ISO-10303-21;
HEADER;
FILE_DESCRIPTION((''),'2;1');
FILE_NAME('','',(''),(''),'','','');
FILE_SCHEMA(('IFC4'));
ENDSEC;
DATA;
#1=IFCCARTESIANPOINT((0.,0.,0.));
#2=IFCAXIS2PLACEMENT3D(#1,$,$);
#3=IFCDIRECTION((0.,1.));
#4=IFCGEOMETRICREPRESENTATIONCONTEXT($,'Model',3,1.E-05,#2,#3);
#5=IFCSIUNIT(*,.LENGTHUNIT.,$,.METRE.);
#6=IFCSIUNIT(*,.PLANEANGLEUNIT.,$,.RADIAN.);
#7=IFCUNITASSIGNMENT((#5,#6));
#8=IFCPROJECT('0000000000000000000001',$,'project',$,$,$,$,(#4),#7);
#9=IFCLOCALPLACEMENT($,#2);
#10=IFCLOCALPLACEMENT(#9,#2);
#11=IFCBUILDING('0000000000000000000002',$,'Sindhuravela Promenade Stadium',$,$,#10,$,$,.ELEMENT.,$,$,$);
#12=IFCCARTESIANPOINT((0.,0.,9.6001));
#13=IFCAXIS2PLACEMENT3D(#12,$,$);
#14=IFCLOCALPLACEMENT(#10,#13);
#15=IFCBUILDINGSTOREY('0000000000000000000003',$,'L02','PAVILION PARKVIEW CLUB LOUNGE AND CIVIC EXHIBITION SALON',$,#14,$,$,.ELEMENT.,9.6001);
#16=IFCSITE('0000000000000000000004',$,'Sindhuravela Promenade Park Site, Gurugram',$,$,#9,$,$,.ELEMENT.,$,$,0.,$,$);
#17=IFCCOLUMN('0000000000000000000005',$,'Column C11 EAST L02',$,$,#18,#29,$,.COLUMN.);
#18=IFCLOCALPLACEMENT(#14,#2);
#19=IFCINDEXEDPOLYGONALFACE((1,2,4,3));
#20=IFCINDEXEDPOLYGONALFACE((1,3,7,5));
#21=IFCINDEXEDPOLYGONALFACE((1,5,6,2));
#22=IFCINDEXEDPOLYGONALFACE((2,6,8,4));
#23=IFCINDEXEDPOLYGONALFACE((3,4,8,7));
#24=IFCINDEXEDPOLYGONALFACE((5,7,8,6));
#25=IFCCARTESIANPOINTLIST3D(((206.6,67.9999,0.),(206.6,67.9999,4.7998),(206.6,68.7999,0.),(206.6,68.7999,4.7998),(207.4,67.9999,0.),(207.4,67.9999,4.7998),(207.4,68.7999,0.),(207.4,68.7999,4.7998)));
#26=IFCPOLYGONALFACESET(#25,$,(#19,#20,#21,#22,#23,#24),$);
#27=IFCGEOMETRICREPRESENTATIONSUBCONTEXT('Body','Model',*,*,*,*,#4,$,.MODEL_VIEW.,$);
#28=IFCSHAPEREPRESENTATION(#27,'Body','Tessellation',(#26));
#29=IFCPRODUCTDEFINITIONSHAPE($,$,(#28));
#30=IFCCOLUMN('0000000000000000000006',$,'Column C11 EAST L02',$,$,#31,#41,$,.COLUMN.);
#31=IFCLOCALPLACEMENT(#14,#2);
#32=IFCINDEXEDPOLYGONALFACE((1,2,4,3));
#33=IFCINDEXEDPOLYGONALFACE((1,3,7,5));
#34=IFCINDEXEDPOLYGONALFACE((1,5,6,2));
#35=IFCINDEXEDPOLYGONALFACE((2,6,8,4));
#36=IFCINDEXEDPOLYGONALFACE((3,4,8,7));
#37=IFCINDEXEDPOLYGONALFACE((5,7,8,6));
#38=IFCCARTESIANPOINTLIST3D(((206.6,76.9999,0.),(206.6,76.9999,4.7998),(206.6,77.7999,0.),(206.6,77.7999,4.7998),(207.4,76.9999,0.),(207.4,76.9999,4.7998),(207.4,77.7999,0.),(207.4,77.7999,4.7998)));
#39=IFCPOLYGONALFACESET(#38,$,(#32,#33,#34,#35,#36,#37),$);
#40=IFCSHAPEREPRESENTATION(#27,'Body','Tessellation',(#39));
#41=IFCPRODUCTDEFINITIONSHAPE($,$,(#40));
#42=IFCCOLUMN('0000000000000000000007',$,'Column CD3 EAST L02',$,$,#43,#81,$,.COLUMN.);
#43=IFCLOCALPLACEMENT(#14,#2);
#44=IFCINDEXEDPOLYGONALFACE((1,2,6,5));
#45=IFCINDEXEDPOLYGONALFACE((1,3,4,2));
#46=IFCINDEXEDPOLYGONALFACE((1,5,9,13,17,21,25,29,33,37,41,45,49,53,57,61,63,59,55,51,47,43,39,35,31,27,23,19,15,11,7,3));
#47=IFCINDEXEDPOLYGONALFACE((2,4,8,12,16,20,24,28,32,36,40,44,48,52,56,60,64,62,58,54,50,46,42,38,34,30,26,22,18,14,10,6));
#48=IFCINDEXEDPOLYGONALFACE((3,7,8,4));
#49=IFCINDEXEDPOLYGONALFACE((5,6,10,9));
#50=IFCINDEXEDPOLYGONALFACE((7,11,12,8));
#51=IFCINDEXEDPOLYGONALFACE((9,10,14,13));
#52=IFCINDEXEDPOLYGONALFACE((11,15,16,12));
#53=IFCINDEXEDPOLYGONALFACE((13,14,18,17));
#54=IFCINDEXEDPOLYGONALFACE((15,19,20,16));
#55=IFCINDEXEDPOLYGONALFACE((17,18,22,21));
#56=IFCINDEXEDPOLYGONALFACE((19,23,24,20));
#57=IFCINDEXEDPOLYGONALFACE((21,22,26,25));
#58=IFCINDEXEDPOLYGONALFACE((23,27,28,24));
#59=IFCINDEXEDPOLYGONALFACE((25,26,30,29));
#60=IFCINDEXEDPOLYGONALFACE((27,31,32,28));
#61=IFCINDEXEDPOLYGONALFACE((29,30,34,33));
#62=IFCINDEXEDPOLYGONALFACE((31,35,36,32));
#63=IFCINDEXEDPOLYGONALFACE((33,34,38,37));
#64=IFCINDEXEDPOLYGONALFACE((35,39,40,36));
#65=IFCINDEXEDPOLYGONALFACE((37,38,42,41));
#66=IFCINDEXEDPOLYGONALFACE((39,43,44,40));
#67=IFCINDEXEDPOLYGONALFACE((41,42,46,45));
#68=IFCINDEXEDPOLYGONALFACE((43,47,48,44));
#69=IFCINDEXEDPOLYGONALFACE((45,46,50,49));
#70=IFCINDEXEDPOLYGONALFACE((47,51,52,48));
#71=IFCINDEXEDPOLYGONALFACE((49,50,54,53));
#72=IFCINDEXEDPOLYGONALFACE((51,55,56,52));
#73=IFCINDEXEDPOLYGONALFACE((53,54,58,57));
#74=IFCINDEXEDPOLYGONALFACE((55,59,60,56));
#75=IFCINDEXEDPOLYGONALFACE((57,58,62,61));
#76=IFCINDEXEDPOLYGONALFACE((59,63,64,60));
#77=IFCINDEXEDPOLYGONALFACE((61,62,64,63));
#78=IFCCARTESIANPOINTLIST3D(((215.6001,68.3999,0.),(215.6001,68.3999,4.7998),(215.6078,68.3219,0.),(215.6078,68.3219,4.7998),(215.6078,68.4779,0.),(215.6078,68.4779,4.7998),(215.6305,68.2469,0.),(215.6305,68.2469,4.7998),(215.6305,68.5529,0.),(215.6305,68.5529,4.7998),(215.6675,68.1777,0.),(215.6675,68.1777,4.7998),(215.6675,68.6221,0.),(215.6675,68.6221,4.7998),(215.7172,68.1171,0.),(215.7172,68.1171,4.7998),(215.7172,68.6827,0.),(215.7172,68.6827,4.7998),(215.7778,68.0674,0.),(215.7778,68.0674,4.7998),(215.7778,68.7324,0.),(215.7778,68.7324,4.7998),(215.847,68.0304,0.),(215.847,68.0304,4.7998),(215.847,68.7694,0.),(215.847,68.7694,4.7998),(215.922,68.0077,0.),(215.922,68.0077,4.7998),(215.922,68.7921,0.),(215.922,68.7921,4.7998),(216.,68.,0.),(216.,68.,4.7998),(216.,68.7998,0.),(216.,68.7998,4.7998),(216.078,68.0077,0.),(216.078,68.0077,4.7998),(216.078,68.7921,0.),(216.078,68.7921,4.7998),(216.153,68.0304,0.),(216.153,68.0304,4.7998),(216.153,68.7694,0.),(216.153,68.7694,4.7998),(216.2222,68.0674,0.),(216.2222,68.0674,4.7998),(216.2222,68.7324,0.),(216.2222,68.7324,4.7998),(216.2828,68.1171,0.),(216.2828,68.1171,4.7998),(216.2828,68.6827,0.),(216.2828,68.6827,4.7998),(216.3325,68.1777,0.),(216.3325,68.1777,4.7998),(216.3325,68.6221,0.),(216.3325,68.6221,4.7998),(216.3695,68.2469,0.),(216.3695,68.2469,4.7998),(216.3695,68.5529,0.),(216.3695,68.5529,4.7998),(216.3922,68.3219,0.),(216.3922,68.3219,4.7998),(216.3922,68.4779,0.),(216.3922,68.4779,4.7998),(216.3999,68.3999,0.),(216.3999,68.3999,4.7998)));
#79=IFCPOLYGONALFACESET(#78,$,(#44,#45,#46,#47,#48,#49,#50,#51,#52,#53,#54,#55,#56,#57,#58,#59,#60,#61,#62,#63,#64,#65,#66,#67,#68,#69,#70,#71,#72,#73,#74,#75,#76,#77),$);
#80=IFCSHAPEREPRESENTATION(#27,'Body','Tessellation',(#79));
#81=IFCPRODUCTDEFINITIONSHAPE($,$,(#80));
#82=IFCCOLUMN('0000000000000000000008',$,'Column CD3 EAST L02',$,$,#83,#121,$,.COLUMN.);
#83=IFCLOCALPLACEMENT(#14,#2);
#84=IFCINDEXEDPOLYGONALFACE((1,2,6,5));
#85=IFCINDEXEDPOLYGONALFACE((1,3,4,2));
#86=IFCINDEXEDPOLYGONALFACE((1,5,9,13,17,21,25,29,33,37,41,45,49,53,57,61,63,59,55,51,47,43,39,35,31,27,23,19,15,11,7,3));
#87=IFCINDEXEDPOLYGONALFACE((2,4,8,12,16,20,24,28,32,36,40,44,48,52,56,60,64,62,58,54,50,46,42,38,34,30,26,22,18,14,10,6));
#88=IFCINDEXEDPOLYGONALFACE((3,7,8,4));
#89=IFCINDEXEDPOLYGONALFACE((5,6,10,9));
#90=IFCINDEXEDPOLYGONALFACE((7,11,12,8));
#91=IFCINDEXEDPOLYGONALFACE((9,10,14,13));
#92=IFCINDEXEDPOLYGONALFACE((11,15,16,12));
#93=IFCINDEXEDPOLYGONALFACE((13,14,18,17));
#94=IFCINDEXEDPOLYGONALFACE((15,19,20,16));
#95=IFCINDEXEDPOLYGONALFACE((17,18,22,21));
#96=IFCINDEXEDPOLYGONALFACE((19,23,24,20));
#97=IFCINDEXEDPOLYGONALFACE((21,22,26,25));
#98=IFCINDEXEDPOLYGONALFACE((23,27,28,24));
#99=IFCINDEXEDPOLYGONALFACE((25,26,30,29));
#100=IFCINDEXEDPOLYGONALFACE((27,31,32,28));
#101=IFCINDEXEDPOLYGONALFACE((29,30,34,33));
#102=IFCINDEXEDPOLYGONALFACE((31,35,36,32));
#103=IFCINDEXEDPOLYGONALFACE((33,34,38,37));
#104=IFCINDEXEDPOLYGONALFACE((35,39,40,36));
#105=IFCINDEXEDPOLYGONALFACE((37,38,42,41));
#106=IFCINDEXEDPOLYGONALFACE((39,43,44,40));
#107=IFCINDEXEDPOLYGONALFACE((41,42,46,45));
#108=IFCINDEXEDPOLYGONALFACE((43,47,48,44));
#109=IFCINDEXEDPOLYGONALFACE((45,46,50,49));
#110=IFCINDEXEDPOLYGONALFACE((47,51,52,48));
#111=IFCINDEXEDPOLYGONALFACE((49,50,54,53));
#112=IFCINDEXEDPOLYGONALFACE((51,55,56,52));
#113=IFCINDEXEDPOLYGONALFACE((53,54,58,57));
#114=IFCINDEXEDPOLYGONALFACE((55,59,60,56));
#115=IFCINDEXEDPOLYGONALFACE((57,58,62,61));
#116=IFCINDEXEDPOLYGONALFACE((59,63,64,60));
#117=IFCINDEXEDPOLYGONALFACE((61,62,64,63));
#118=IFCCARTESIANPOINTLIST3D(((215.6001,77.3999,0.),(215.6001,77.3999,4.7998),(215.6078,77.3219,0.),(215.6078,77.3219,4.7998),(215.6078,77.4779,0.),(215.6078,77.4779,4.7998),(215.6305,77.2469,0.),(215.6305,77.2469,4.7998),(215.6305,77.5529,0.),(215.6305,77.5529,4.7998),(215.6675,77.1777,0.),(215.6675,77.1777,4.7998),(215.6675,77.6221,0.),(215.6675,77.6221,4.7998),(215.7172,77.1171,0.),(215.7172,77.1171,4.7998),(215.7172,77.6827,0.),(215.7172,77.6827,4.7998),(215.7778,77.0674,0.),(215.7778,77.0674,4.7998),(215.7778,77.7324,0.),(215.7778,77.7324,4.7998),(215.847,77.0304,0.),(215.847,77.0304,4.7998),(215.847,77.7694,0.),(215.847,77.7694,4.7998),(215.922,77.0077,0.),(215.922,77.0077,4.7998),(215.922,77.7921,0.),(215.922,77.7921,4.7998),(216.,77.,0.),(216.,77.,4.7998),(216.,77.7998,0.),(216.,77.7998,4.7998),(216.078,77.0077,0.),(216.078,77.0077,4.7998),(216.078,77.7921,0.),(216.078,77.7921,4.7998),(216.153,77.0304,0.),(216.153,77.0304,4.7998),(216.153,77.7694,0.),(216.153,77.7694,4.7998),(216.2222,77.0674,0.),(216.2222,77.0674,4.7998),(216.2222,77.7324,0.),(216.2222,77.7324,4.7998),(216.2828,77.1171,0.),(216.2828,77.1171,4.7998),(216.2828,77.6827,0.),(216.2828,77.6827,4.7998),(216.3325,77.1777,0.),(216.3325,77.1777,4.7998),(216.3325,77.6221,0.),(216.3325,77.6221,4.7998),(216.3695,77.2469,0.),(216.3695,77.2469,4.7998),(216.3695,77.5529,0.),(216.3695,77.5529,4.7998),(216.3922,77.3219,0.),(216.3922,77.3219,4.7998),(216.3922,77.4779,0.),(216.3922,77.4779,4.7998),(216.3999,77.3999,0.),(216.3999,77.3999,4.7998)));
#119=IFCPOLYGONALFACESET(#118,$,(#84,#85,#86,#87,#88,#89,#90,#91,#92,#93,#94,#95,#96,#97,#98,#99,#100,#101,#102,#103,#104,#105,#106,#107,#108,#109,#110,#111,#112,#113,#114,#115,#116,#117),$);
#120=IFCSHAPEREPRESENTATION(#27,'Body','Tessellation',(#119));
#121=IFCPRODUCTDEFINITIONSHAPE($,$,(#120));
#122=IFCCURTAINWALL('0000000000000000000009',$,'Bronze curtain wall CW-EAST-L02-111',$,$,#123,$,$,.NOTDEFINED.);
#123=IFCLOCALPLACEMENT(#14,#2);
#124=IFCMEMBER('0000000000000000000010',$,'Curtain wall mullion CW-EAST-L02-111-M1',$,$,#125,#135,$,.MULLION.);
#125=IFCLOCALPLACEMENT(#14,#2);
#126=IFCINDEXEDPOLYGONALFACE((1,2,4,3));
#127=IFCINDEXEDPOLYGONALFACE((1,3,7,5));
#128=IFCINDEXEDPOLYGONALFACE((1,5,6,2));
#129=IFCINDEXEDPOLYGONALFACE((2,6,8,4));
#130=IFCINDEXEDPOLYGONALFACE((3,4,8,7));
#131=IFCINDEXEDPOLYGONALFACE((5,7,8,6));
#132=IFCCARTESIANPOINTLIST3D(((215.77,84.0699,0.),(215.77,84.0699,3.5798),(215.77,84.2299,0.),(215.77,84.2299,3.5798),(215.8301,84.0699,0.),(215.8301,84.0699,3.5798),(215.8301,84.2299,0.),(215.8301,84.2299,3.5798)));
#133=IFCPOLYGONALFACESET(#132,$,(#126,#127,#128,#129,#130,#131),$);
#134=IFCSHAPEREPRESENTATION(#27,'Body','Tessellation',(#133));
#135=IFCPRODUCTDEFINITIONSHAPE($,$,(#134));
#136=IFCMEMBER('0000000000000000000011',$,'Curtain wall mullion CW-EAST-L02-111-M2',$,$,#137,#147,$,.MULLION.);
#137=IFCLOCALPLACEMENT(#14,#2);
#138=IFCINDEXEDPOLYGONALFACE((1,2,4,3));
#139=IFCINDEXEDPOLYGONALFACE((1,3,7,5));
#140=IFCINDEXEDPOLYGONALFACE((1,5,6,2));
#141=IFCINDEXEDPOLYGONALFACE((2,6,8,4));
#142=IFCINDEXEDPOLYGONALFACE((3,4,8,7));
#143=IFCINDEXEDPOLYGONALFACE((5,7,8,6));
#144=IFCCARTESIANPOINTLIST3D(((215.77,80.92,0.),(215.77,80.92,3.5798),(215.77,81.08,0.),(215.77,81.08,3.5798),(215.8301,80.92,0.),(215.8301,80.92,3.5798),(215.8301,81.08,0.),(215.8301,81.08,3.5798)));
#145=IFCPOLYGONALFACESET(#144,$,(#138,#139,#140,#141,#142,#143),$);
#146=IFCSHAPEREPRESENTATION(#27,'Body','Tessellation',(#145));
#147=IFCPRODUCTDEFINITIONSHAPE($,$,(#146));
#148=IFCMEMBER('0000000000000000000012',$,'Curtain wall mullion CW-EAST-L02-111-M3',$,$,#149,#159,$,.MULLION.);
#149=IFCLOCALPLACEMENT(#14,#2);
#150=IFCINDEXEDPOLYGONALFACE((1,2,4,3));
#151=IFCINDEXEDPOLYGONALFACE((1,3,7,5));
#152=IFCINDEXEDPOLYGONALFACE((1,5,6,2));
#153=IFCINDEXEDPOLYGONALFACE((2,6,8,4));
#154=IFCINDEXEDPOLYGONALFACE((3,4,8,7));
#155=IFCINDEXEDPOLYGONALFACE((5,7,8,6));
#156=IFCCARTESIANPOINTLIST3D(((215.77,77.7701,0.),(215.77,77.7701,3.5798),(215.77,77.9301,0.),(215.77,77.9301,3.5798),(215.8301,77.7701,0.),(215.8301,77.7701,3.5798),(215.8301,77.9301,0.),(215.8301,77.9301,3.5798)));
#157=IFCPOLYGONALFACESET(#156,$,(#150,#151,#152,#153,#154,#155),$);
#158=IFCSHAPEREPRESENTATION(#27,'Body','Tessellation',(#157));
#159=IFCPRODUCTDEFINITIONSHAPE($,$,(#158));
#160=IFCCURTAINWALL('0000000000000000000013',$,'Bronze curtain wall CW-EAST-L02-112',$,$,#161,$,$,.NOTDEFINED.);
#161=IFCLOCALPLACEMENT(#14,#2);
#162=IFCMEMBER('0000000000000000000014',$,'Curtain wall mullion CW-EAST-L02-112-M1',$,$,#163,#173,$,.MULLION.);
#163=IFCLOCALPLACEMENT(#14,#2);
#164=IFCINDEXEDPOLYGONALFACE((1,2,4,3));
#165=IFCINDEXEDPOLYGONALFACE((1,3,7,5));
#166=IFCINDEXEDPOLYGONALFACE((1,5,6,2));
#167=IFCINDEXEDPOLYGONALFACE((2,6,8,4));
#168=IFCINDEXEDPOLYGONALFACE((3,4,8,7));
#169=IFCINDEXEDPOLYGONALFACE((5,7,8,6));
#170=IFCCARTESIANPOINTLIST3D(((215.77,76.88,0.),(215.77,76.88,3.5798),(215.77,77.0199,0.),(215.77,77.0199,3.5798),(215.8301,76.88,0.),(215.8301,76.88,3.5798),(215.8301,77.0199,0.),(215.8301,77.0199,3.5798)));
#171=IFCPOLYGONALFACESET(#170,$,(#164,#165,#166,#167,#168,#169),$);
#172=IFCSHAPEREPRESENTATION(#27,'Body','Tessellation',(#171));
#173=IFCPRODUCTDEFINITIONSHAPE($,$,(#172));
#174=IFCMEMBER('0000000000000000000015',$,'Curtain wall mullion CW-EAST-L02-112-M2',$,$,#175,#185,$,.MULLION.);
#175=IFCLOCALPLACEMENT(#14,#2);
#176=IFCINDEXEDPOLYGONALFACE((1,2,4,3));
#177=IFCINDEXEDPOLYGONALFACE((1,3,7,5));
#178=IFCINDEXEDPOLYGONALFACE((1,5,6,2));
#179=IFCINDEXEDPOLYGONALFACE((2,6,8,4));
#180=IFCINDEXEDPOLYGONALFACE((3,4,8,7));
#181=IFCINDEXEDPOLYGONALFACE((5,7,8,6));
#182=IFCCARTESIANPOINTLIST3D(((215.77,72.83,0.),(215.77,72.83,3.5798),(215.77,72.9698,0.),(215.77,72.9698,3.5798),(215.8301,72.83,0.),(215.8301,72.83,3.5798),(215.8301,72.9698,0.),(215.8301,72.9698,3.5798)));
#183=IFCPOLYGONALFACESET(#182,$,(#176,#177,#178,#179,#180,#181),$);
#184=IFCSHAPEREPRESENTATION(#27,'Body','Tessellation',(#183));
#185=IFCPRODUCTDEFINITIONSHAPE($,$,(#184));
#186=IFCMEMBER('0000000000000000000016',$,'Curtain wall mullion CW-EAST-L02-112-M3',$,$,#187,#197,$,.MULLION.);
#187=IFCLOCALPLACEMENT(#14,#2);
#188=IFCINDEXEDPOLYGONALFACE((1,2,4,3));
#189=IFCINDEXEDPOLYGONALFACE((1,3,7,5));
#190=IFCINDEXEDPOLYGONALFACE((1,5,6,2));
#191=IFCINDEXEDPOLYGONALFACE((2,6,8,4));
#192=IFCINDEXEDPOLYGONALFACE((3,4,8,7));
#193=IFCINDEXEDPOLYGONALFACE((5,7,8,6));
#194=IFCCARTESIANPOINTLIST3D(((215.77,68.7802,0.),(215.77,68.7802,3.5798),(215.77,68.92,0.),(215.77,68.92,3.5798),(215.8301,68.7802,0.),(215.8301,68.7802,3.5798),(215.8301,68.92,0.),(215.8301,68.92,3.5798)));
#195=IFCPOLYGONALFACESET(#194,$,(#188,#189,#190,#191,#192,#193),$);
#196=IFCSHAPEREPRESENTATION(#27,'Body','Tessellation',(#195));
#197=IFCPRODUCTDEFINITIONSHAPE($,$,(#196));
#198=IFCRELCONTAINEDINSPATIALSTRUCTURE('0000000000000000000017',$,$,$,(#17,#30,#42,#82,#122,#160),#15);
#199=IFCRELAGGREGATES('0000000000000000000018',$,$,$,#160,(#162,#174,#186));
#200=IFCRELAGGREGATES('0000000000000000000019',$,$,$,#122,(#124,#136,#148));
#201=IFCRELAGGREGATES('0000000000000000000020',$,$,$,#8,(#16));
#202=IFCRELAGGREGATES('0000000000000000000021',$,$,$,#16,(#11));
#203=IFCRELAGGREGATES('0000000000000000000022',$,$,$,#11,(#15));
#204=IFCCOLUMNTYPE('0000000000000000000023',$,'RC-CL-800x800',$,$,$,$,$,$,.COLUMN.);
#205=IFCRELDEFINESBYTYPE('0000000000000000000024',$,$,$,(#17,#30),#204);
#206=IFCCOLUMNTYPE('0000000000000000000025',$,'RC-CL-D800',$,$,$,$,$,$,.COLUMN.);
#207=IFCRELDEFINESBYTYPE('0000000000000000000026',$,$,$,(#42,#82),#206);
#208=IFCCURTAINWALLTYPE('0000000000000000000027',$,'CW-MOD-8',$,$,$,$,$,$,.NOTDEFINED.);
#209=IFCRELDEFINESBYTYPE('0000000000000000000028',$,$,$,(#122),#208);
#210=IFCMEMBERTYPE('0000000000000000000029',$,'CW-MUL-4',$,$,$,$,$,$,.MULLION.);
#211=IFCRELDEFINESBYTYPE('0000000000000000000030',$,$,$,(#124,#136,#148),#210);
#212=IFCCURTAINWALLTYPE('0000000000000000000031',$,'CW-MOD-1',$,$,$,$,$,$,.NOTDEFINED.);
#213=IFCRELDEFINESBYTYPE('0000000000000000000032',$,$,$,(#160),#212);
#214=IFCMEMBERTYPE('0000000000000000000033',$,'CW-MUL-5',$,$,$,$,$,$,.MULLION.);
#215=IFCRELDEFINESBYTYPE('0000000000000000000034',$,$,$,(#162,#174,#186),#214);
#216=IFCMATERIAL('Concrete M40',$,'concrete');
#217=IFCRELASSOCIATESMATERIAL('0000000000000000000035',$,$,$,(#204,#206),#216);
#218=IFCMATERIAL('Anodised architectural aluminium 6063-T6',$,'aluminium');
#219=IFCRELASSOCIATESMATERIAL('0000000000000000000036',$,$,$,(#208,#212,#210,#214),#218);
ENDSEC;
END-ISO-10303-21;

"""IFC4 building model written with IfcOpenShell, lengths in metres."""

from ifc_helpers import new_model, si_unit, direction, frame, origin, origin_2d, place, context, subcontext, project, spatial, rectangle, circle, extrude, material, material_profile, profile_set, type_object, element, aggregate, save


model = new_model("IFC4")

# Units and contexts
model_context = context("Model", 3, precision=1e-05, world=origin(), true_north=direction((0.0, 1.0)))
body_context = subcontext(model_context, "Body", "Model", "MODEL_VIEW")
ifc_project = project(units=[si_unit("LENGTHUNIT", "METRE"), si_unit("PLANEANGLEUNIT", "RADIAN")], contexts=[model_context])

# Site, building, storey
site_placement = place(None, origin())
site = spatial("IfcSite", under=ifc_project, at=site_placement, Name="Sindhuravela Promenade Park Site, Gurugram", CompositionType="ELEMENT", RefElevation=0.0)
building_placement = place(site_placement, origin())
building = spatial("IfcBuilding", under=site, at=building_placement, Name="Sindhuravela Promenade Stadium", CompositionType="ELEMENT")
storey_placement = place(building_placement, frame((0.0, 0.0, 9.6001)))
storey = spatial("IfcBuildingStorey", under=building, at=storey_placement, Name="L02", Description="PAVILION PARKVIEW CLUB LOUNGE AND CIVIC EXHIBITION SALON", CompositionType="ELEMENT", Elevation=9.6001)

# Columns
ifc_material_1 = material(Name="Concrete M40", Category="concrete")
ifc_material_profile_1 = material_profile(ifc_material_1, rectangle(XDim=0.8, YDim=0.8, at=origin_2d()), Name="RC 800x800")
ifc_profile_set_1 = profile_set([ifc_material_profile_1], Name="Concrete M40")
column_type_1 = type_object("IfcColumnType", Name="RC-CL-800x800", PredefinedType="COLUMN", material=ifc_profile_set_1)
for number, where, z_axis, x_axis, name in (
    (1, (207.0, 68.3999, 0.0), (0.0, 0.0, 1.0), (1.0, 0.0, 0.0), "Column C11 EAST L02"),
    (2, (207.0, 77.3999, 0.0), (0.0, 0.0, 1.0), (1.0, 0.0, 0.0), "Column C11 EAST L02"),
):
    element("IfcColumn", number, at=place(storey_placement, frame(where, z_axis=z_axis, x_axis=x_axis)), inside=storey, type_object=column_type_1, Name=name, PredefinedType="COLUMN", context=body_context, shape_type="SweptSolid", body=[
        extrude(rectangle(XDim=0.8, YDim=0.8, at=origin_2d()), origin(), (0.0, 0.0, 1.0), 4.7998),
    ])
ifc_material_profile_2 = material_profile(ifc_material_1, circle(Radius=0.3999, at=origin_2d()), Name="RC D800")
ifc_profile_set_2 = profile_set([ifc_material_profile_2], Name="Concrete M40")
column_type_2 = type_object("IfcColumnType", Name="RC-CL-D800", PredefinedType="COLUMN", material=ifc_profile_set_2)
for number, where, z_axis, x_axis, name in (
    (3, (216.0, 68.3999, 0.0), (0.0, 0.0, 1.0), (1.0, 0.0, 0.0), "Column CD3 EAST L02"),
    (4, (216.0, 77.3999, 0.0), (0.0, 0.0, 1.0), (1.0, 0.0, 0.0), "Column CD3 EAST L02"),
):
    element("IfcColumn", number, at=place(storey_placement, frame(where, z_axis=z_axis, x_axis=x_axis)), inside=storey, type_object=column_type_2, Name=name, PredefinedType="COLUMN", context=body_context, shape_type="SweptSolid", body=[
        extrude(circle(Radius=0.3999, at=origin_2d()), origin(), (0.0, 0.0, 1.0), 4.7998),
    ])

# Curtain walls, members
ifc_material_2 = material(Name="Anodised architectural aluminium 6063-T6", Category="aluminium")
curtain_wall_type_1 = type_object("IfcCurtainWallType", Name="CW-MOD-8", PredefinedType="NOTDEFINED", material=ifc_material_2)
curtain_wall_1_placement = place(storey_placement, origin())
curtain_wall_1 = element("IfcCurtainWall", 5, at=curtain_wall_1_placement, inside=storey, type_object=curtain_wall_type_1, Name="Bronze curtain wall CW-EAST-L02-111", PredefinedType="NOTDEFINED")
ifc_material_profile_3 = material_profile(ifc_material_2, rectangle(XDim=0.0601, YDim=0.1599, at=origin_2d()), Name="ALU M60x160")
ifc_profile_set_3 = profile_set([ifc_material_profile_3], Name="Anodised architectural aluminium 6063-T6")
member_type_1 = type_object("IfcMemberType", Name="CW-MUL-4", PredefinedType="MULLION", material=ifc_profile_set_3)
member_1_placement = place(storey_placement, frame((215.8, 84.1499, 0.0), z_axis=(0.0, 0.0, 1.0), x_axis=(1.0, 0.0, 0.0)))
member_1 = element("IfcMember", 6, at=member_1_placement, type_object=member_type_1, Name="Curtain wall mullion CW-EAST-L02-111-M1", PredefinedType="MULLION", context=body_context, shape_type="SweptSolid", body=[
    extrude(rectangle(XDim=0.0601, YDim=0.1599, at=origin_2d()), origin(), (0.0, 0.0, 1.0), 3.5798),
])
member_2_placement = place(storey_placement, frame((215.8, 81.0, 0.0), z_axis=(0.0, 0.0, 1.0), x_axis=(1.0, 0.0, 0.0)))
member_2 = element("IfcMember", 7, at=member_2_placement, type_object=member_type_1, Name="Curtain wall mullion CW-EAST-L02-111-M2", PredefinedType="MULLION", context=body_context, shape_type="SweptSolid", body=[
    extrude(rectangle(XDim=0.0601, YDim=0.1599, at=origin_2d()), origin(), (0.0, 0.0, 1.0), 3.5798),
])
member_3_placement = place(storey_placement, frame((215.8, 77.8501, 0.0), z_axis=(0.0, 0.0, 1.0), x_axis=(1.0, 0.0, 0.0)))
member_3 = element("IfcMember", 8, at=member_3_placement, type_object=member_type_1, Name="Curtain wall mullion CW-EAST-L02-111-M3", PredefinedType="MULLION", context=body_context, shape_type="SweptSolid", body=[
    extrude(rectangle(XDim=0.0601, YDim=0.1599, at=origin_2d()), origin(), (0.0, 0.0, 1.0), 3.5798),
])
curtain_wall_type_2 = type_object("IfcCurtainWallType", Name="CW-MOD-1", PredefinedType="NOTDEFINED", material=ifc_material_2)
curtain_wall_2_placement = place(storey_placement, origin())
curtain_wall_2 = element("IfcCurtainWall", 9, at=curtain_wall_2_placement, inside=storey, type_object=curtain_wall_type_2, Name="Bronze curtain wall CW-EAST-L02-112", PredefinedType="NOTDEFINED")
ifc_material_profile_4 = material_profile(ifc_material_2, rectangle(XDim=0.0601, YDim=0.1399, at=origin_2d()), Name="ALU M60x140")
ifc_profile_set_4 = profile_set([ifc_material_profile_4], Name="Anodised architectural aluminium 6063-T6")
member_type_2 = type_object("IfcMemberType", Name="CW-MUL-5", PredefinedType="MULLION", material=ifc_profile_set_4)
member_4_placement = place(storey_placement, frame((215.8, 76.95, 0.0), z_axis=(0.0, 0.0, 1.0), x_axis=(1.0, 0.0, 0.0)))
member_4 = element("IfcMember", 10, at=member_4_placement, type_object=member_type_2, Name="Curtain wall mullion CW-EAST-L02-112-M1", PredefinedType="MULLION", context=body_context, shape_type="SweptSolid", body=[
    extrude(rectangle(XDim=0.0601, YDim=0.1399, at=origin_2d()), origin(), (0.0, 0.0, 1.0), 3.5798),
])
member_5_placement = place(storey_placement, frame((215.8, 72.8999, 0.0), z_axis=(0.0, 0.0, 1.0), x_axis=(1.0, 0.0, 0.0)))
member_5 = element("IfcMember", 11, at=member_5_placement, type_object=member_type_2, Name="Curtain wall mullion CW-EAST-L02-112-M2", PredefinedType="MULLION", context=body_context, shape_type="SweptSolid", body=[
    extrude(rectangle(XDim=0.0601, YDim=0.1399, at=origin_2d()), origin(), (0.0, 0.0, 1.0), 3.5798),
])
member_6_placement = place(storey_placement, frame((215.8, 68.8501, 0.0), z_axis=(0.0, 0.0, 1.0), x_axis=(1.0, 0.0, 0.0)))
member_6 = element("IfcMember", 12, at=member_6_placement, type_object=member_type_2, Name="Curtain wall mullion CW-EAST-L02-112-M3", PredefinedType="MULLION", context=body_context, shape_type="SweptSolid", body=[
    extrude(rectangle(XDim=0.0601, YDim=0.1399, at=origin_2d()), origin(), (0.0, 0.0, 1.0), 3.5798),
])

aggregate(curtain_wall_2, [member_4, member_5, member_6])
aggregate(curtain_wall_1, [member_1, member_2, member_3])

save(model, "model.ifc")
